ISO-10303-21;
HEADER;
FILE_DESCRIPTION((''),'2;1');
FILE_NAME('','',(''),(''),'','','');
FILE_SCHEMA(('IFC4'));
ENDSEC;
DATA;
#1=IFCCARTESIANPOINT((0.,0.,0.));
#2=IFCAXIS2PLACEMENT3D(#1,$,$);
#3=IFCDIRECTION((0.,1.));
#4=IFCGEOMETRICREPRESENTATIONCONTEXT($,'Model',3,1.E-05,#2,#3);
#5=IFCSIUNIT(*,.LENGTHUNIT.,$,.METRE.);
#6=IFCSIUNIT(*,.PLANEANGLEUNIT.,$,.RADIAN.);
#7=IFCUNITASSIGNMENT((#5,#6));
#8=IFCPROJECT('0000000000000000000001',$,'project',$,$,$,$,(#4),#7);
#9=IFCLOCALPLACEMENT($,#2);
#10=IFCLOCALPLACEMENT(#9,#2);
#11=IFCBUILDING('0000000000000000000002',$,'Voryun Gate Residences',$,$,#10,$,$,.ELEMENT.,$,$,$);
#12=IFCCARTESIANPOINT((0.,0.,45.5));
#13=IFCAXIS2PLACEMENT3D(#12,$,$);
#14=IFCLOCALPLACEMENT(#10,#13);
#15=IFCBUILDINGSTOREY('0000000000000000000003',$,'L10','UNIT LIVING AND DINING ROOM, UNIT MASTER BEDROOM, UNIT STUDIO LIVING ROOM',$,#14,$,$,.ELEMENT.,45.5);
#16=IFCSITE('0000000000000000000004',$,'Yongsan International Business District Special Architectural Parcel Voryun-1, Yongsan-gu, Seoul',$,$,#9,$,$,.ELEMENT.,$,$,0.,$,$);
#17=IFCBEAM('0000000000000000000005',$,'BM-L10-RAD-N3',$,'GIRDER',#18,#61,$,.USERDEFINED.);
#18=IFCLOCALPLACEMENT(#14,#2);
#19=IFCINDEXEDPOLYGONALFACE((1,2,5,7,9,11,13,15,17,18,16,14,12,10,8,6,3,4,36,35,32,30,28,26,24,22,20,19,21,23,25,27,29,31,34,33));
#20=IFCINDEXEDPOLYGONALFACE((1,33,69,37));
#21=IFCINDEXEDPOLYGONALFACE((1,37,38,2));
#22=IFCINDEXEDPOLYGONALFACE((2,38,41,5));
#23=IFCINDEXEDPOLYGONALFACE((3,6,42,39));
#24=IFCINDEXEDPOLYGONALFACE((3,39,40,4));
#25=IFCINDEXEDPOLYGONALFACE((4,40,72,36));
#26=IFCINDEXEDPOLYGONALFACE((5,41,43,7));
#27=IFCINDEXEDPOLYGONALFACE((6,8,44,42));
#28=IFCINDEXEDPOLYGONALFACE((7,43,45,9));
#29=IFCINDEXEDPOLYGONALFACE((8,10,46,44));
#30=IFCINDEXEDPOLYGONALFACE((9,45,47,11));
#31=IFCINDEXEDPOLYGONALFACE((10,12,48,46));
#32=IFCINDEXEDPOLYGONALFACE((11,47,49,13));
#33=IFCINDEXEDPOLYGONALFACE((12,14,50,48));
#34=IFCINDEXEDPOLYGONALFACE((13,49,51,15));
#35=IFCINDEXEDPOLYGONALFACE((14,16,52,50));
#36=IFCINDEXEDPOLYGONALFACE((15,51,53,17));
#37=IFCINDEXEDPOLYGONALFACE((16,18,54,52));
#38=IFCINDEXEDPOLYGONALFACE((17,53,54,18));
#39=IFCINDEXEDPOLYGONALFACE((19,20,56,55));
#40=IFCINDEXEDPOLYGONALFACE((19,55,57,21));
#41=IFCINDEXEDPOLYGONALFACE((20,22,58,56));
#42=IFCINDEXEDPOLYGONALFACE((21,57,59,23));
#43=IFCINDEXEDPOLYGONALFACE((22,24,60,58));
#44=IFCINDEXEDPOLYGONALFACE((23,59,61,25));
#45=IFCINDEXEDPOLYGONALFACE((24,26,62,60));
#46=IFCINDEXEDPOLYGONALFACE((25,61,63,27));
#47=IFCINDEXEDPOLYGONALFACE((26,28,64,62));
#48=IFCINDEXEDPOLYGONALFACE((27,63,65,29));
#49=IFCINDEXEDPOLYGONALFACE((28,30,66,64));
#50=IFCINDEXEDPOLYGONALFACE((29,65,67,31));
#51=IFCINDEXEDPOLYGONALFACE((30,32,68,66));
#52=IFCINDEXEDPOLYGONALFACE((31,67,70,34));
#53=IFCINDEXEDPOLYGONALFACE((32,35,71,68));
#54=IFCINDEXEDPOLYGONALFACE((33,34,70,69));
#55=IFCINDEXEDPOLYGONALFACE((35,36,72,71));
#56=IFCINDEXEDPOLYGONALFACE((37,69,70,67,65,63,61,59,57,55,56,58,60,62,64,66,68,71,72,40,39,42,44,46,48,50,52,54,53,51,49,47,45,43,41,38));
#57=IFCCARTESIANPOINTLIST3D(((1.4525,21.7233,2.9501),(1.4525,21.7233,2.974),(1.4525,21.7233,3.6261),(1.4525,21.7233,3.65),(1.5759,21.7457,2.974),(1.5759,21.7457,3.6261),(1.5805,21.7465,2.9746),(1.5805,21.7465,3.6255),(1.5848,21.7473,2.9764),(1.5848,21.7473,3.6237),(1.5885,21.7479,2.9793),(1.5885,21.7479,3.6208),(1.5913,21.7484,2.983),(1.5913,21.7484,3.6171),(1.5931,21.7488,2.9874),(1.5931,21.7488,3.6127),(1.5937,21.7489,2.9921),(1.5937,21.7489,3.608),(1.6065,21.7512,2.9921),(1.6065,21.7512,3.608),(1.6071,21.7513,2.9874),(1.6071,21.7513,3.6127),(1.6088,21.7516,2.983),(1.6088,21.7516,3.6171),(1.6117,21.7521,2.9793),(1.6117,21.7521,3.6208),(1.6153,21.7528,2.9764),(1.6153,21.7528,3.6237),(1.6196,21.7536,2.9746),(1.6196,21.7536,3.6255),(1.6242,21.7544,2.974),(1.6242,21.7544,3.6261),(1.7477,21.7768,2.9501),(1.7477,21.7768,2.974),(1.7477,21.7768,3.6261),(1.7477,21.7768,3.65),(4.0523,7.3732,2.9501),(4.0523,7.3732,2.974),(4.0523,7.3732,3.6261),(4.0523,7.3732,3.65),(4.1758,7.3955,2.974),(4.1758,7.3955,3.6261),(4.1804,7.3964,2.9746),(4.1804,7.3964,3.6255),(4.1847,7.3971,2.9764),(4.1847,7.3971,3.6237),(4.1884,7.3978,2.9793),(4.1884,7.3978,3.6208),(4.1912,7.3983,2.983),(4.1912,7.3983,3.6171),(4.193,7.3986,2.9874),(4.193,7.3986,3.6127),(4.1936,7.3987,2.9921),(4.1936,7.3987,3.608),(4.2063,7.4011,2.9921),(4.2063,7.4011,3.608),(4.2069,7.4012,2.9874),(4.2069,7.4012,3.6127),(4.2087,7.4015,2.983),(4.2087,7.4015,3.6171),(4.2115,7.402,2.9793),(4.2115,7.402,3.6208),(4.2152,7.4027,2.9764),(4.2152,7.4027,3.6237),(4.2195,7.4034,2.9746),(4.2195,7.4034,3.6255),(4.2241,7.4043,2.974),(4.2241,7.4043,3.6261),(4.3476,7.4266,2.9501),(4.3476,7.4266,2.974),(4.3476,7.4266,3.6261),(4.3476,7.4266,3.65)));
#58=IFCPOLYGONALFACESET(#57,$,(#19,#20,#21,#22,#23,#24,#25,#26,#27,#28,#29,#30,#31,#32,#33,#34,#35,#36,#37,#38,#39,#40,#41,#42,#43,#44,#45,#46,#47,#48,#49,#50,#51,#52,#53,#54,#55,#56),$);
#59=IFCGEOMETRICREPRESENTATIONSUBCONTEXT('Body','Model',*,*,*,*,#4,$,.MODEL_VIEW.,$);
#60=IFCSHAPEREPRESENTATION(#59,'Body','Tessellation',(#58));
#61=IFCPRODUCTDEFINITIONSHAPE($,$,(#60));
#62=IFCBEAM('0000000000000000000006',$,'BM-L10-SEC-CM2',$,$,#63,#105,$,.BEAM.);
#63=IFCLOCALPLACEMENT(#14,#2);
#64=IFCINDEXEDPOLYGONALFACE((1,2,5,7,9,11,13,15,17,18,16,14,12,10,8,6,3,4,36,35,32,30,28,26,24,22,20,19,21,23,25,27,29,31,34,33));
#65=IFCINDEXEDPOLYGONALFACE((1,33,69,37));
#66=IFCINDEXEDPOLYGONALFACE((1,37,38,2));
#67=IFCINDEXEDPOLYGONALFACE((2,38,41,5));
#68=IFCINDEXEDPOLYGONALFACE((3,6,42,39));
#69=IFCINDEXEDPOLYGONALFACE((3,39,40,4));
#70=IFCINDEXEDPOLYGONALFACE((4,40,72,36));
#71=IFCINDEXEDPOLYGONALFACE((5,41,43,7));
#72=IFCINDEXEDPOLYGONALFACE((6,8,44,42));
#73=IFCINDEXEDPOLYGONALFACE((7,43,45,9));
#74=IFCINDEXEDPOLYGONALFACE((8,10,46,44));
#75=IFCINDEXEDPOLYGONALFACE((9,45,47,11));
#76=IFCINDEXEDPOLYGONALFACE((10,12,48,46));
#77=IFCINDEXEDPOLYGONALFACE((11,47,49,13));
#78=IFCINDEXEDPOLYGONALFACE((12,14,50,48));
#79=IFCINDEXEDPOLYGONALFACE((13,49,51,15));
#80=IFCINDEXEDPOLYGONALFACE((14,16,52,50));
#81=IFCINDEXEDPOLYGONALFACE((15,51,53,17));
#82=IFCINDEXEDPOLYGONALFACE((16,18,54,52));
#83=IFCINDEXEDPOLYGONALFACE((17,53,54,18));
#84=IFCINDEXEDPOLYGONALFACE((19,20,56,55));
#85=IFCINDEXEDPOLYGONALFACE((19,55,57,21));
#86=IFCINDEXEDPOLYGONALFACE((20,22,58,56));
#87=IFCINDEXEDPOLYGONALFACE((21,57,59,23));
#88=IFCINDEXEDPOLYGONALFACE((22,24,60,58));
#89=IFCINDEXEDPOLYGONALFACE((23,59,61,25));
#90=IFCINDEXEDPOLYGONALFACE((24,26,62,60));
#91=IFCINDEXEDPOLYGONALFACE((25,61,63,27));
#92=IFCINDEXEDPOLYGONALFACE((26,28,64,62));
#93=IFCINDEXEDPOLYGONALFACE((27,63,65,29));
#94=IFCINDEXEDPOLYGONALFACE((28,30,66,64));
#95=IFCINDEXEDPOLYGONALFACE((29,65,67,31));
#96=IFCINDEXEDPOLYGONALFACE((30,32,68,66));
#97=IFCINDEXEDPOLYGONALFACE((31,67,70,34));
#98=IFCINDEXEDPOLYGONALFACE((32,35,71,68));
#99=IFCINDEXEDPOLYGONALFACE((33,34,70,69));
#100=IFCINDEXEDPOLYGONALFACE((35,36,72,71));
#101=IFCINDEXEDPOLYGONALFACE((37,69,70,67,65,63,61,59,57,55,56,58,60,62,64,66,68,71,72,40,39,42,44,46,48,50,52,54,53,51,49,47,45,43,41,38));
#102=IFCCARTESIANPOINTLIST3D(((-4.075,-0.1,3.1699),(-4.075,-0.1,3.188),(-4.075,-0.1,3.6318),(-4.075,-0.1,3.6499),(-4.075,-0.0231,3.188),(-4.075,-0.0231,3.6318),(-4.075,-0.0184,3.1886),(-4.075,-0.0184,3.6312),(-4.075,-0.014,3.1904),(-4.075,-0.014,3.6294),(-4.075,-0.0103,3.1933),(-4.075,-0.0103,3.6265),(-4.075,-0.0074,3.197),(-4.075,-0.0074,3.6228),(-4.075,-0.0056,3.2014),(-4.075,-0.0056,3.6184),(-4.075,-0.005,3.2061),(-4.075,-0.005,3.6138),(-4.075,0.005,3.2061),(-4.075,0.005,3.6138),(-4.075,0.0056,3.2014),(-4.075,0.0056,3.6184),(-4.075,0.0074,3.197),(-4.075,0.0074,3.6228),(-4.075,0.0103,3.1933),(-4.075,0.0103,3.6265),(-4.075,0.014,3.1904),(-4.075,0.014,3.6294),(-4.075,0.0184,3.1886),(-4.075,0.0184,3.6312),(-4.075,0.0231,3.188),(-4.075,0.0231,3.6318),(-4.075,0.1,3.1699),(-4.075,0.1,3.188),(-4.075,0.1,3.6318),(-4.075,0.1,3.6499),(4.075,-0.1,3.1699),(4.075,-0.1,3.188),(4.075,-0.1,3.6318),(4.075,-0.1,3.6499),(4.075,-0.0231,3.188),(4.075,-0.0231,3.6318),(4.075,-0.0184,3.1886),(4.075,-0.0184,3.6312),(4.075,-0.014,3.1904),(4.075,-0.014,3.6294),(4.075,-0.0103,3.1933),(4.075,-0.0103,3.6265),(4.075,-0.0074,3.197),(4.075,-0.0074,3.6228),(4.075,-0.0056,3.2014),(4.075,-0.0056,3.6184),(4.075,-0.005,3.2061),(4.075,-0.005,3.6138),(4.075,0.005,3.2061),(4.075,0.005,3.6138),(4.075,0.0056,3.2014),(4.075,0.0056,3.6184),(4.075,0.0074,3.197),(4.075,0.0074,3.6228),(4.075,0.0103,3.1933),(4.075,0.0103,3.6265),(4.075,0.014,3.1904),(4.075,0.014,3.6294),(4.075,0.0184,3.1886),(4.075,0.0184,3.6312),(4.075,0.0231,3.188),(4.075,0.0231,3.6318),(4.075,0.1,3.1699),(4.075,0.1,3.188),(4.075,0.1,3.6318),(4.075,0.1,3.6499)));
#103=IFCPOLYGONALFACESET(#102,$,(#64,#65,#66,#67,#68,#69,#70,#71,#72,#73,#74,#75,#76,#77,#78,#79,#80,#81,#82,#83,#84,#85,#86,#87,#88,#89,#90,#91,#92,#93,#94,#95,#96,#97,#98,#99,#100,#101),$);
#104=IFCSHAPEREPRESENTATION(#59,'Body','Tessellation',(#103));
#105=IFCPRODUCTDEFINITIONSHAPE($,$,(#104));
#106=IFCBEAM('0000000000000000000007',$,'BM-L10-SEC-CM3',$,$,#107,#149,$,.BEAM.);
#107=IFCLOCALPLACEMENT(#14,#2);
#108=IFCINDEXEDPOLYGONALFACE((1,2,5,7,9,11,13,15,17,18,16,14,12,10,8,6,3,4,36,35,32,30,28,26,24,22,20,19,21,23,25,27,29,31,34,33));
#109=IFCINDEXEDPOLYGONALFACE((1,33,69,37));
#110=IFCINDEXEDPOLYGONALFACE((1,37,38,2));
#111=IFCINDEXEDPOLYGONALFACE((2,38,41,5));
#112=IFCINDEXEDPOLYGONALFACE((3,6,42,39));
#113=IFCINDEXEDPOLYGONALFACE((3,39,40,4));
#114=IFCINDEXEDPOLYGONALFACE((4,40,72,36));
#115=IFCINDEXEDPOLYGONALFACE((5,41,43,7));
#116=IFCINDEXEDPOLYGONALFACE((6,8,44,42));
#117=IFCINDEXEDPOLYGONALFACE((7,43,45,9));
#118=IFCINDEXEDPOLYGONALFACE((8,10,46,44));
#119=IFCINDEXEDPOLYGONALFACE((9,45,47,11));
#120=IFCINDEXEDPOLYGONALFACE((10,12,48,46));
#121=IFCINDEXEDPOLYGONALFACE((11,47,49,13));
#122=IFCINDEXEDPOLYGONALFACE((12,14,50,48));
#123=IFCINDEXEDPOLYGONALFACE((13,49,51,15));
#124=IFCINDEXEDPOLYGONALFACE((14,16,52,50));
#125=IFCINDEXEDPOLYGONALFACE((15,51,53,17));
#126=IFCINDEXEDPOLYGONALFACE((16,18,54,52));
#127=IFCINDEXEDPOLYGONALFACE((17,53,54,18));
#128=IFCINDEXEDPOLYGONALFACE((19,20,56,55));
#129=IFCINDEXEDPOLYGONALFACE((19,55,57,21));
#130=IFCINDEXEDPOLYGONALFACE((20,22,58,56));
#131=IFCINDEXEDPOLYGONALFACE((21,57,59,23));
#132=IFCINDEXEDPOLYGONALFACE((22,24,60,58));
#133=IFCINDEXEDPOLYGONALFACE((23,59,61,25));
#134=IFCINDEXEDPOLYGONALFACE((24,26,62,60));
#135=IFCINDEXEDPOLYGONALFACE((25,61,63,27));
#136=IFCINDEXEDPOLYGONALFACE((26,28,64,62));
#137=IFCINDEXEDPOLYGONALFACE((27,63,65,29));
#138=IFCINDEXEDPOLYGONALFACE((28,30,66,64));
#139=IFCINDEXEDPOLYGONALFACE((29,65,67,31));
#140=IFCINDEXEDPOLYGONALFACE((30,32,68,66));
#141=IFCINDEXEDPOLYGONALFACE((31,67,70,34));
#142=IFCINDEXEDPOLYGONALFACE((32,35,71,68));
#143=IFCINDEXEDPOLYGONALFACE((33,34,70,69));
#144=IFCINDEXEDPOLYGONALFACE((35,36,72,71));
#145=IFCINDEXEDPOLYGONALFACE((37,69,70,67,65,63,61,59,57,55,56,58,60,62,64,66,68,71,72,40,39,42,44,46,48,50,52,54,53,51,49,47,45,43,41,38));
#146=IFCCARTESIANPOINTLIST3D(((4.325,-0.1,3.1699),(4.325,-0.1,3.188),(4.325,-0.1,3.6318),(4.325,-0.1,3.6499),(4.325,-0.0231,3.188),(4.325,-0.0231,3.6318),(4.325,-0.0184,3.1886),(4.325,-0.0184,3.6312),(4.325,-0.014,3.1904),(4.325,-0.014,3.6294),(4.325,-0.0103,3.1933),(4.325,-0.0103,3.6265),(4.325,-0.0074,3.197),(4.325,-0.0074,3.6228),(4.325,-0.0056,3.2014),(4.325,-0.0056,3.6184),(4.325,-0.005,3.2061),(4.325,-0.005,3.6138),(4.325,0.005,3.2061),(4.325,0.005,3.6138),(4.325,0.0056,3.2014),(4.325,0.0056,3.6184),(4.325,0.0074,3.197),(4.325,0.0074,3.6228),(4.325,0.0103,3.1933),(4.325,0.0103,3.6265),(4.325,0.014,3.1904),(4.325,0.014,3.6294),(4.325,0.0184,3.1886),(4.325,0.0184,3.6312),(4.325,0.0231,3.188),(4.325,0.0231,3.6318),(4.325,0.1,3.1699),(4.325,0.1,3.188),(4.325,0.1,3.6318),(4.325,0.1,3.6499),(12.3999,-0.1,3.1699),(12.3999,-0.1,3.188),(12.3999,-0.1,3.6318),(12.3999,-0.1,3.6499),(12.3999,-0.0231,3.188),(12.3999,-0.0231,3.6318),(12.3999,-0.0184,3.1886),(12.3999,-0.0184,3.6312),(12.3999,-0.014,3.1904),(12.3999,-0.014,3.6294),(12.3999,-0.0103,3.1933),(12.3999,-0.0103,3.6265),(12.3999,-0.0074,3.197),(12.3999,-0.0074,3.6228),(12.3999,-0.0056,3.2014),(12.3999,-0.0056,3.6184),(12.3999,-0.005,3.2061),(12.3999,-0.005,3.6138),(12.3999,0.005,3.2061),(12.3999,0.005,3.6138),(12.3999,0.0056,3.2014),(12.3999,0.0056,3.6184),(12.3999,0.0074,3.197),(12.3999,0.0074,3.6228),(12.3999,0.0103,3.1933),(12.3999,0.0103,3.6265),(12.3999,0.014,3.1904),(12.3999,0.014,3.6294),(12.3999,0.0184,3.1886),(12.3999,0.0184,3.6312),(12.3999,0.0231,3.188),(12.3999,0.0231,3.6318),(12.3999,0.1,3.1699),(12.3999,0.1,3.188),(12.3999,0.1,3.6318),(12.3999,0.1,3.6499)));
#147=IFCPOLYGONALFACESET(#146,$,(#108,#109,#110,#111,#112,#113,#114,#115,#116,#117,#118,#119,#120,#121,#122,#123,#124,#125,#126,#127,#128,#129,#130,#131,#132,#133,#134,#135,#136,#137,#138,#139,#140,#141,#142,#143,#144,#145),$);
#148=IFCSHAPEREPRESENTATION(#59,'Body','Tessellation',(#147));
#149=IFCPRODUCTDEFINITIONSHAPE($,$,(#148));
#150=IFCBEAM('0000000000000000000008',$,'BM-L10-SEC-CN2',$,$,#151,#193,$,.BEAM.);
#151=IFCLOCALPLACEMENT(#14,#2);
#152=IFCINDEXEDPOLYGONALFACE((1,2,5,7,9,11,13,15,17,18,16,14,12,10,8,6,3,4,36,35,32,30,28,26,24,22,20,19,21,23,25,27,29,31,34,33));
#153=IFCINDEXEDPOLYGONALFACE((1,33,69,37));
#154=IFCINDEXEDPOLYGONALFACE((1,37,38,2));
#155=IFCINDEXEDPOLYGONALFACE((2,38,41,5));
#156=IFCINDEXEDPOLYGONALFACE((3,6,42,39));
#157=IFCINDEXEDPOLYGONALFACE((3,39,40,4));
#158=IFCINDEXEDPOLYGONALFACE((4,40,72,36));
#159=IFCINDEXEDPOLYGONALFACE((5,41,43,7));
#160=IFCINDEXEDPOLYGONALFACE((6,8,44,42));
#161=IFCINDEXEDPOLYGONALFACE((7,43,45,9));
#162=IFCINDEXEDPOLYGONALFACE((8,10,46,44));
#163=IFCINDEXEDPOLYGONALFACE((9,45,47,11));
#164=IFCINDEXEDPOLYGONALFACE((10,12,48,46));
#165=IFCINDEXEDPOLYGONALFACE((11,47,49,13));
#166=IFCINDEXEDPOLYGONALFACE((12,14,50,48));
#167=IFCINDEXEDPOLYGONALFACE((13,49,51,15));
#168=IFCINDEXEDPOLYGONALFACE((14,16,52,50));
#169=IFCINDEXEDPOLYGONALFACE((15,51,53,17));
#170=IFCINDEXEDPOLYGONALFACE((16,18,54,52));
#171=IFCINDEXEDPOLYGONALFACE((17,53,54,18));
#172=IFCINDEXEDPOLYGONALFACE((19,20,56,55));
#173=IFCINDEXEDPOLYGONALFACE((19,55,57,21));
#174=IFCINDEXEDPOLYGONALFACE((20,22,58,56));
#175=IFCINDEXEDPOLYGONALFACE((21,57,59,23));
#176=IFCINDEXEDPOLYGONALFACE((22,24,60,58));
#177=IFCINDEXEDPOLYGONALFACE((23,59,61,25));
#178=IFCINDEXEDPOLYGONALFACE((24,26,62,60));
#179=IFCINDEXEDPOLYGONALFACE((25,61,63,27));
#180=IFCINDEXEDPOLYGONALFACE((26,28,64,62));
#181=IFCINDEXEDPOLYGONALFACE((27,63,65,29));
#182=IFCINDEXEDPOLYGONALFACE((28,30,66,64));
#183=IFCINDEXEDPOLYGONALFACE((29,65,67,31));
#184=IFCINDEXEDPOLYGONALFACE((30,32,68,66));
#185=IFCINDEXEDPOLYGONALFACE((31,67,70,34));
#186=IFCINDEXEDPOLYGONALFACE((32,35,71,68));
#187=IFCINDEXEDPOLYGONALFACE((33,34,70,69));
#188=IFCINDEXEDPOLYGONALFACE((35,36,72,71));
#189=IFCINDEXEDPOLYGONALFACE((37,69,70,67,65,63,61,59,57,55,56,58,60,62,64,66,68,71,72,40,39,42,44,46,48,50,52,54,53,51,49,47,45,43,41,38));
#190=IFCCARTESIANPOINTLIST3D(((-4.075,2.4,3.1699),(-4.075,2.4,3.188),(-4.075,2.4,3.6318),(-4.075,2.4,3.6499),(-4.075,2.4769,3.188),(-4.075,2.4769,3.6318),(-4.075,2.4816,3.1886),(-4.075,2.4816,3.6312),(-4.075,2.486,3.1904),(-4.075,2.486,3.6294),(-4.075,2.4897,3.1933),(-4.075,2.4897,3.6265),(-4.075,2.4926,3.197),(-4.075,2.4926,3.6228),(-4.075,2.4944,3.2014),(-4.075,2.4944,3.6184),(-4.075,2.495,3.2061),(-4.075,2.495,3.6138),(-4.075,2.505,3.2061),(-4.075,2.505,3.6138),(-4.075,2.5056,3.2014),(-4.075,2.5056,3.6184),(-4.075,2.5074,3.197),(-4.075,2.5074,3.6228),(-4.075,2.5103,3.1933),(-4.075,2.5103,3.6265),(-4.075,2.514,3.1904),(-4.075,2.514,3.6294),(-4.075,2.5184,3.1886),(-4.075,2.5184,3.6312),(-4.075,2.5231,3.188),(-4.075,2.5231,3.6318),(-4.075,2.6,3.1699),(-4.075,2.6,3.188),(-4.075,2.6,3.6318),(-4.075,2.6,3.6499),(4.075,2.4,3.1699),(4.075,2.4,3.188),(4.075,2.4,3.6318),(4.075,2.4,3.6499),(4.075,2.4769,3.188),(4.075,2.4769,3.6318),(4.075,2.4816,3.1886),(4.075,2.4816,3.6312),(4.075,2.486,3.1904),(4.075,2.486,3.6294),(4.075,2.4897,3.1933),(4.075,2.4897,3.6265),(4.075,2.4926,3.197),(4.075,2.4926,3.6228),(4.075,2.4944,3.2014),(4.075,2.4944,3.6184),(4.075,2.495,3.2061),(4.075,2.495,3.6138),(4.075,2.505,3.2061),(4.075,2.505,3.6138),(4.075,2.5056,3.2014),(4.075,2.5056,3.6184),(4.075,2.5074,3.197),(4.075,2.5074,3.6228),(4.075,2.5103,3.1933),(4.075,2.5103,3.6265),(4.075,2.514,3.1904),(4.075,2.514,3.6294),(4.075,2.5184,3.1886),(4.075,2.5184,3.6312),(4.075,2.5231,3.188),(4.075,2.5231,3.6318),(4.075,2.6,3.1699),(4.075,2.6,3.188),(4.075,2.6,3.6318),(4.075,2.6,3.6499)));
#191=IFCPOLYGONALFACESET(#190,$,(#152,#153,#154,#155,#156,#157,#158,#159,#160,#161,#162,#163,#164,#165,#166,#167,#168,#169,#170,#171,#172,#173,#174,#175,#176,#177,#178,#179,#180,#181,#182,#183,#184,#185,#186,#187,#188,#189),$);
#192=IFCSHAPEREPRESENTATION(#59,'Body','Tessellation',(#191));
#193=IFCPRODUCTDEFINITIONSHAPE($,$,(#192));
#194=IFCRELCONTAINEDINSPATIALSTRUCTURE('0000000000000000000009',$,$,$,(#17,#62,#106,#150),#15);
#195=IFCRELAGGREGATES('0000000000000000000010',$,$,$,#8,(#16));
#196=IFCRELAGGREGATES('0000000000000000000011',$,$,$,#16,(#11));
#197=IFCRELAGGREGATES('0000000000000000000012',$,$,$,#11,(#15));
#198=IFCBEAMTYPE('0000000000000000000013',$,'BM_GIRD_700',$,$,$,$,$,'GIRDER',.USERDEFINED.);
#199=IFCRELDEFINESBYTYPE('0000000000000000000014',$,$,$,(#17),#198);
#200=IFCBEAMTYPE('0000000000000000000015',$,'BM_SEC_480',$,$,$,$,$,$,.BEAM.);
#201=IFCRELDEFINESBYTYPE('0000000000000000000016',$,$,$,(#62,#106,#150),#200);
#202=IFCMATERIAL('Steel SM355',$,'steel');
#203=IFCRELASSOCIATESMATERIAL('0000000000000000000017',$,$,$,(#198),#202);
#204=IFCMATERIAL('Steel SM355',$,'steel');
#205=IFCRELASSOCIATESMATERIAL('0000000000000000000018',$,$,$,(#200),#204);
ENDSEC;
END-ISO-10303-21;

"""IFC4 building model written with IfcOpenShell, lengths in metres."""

from ifc_helpers import new_model, si_unit, direction, frame, origin, origin_2d, place, context, subcontext, project, spatial, i_section, extrude, material, material_profile, profile_set, type_object, element, save


model = new_model("IFC4")

# Units and contexts
model_context = context("Model", 3, precision=1e-05, world=origin(), true_north=direction((0.0, 1.0)))
body_context = subcontext(model_context, "Body", "Model", "MODEL_VIEW")
ifc_project = project(units=[si_unit("LENGTHUNIT", "METRE"), si_unit("PLANEANGLEUNIT", "RADIAN")], contexts=[model_context])

# Site, building, storey
site_placement = place(None, origin())
site = spatial("IfcSite", under=ifc_project, at=site_placement, Name="Yongsan International Business District Special Architectural Parcel Voryun-1, Yongsan-gu, Seoul", CompositionType="ELEMENT", RefElevation=0.0)
building_placement = place(site_placement, origin())
building = spatial("IfcBuilding", under=site, at=building_placement, Name="Voryun Gate Residences", CompositionType="ELEMENT")
storey_placement = place(building_placement, frame((0.0, 0.0, 45.5)))
storey = spatial("IfcBuildingStorey", under=building, at=storey_placement, Name="L10", Description="UNIT LIVING AND DINING ROOM, UNIT MASTER BEDROOM, UNIT STUDIO LIVING ROOM", CompositionType="ELEMENT", Elevation=45.5)

# Beams
ifc_material_1 = material(Name="Steel SM355", Category="steel")
ifc_material_profile_1 = material_profile(ifc_material_1, i_section(OverallWidth=0.3, OverallDepth=0.7, WebThickness=0.0129, FlangeThickness=0.0239, FilletRadius=0.0181, at=origin_2d()), Name="H-700x300x13x24")
ifc_profile_set_1 = profile_set([ifc_material_profile_1], Name="Steel SM355")
beam_type_1 = type_object("IfcBeamType", Name="BM_GIRD_700", ElementType="GIRDER", PredefinedType="USERDEFINED", material=ifc_profile_set_1)
beam_1_placement = place(storey_placement, frame((4.2, 7.3999, 3.3), z_axis=(-0.178271, 0.983981, 0.0), x_axis=(-0.983981, -0.178271, 0.0)))
element("IfcBeam", 1, at=beam_1_placement, inside=storey, type_object=beam_type_1, Name="BM-L10-RAD-N3", ObjectType="GIRDER", PredefinedType="USERDEFINED", context=body_context, shape_type="SweptSolid", body=[
    extrude(i_section(OverallWidth=0.3, OverallDepth=0.7, WebThickness=0.0129, FlangeThickness=0.0239, FilletRadius=0.0181, at=origin_2d()), origin(), (0.0, 0.0, 1.0), 14.5837),
])
ifc_material_2 = material(Name="Steel SM355", Category="steel")
ifc_material_profile_2 = material_profile(ifc_material_2, i_section(OverallWidth=0.2, OverallDepth=0.48, WebThickness=0.01, FlangeThickness=0.0181, FilletRadius=0.0181, at=origin_2d()), Name="H-480x200x10x18")
ifc_profile_set_2 = profile_set([ifc_material_profile_2], Name="Steel SM355")
beam_type_2 = type_object("IfcBeamType", Name="BM_SEC_480", PredefinedType="BEAM", material=ifc_profile_set_2)
beam_2_placement = place(storey_placement, frame((-4.075, 0.0, 3.4099), z_axis=(1.0, 0.0, 0.0), x_axis=(0.0, 1.0, 0.0)))
element("IfcBeam", 2, at=beam_2_placement, inside=storey, type_object=beam_type_2, Name="BM-L10-SEC-CM2", PredefinedType="BEAM", context=body_context, shape_type="SweptSolid", body=[
    extrude(i_section(OverallWidth=0.2, OverallDepth=0.48, WebThickness=0.01, FlangeThickness=0.0181, FilletRadius=0.0181, at=origin_2d()), origin(), (0.0, 0.0, 1.0), 8.1499),
])
beam_3_placement = place(storey_placement, frame((4.325, 0.0, 3.4099), z_axis=(1.0, 0.0, 0.0), x_axis=(0.0, 1.0, 0.0)))
element("IfcBeam", 3, at=beam_3_placement, inside=storey, type_object=beam_type_2, Name="BM-L10-SEC-CM3", PredefinedType="BEAM", context=body_context, shape_type="SweptSolid", body=[
    extrude(i_section(OverallWidth=0.2, OverallDepth=0.48, WebThickness=0.01, FlangeThickness=0.0181, FilletRadius=0.0181, at=origin_2d()), origin(), (0.0, 0.0, 1.0), 8.075),
])
beam_4_placement = place(storey_placement, frame((-4.075, 2.5, 3.4099), z_axis=(1.0, 0.0, 0.0), x_axis=(0.0, 1.0, 0.0)))
element("IfcBeam", 4, at=beam_4_placement, inside=storey, type_object=beam_type_2, Name="BM-L10-SEC-CN2", PredefinedType="BEAM", context=body_context, shape_type="SweptSolid", body=[
    extrude(i_section(OverallWidth=0.2, OverallDepth=0.48, WebThickness=0.01, FlangeThickness=0.0181, FilletRadius=0.0181, at=origin_2d()), origin(), (0.0, 0.0, 1.0), 8.1499),
])

save(model, "model.ifc")
